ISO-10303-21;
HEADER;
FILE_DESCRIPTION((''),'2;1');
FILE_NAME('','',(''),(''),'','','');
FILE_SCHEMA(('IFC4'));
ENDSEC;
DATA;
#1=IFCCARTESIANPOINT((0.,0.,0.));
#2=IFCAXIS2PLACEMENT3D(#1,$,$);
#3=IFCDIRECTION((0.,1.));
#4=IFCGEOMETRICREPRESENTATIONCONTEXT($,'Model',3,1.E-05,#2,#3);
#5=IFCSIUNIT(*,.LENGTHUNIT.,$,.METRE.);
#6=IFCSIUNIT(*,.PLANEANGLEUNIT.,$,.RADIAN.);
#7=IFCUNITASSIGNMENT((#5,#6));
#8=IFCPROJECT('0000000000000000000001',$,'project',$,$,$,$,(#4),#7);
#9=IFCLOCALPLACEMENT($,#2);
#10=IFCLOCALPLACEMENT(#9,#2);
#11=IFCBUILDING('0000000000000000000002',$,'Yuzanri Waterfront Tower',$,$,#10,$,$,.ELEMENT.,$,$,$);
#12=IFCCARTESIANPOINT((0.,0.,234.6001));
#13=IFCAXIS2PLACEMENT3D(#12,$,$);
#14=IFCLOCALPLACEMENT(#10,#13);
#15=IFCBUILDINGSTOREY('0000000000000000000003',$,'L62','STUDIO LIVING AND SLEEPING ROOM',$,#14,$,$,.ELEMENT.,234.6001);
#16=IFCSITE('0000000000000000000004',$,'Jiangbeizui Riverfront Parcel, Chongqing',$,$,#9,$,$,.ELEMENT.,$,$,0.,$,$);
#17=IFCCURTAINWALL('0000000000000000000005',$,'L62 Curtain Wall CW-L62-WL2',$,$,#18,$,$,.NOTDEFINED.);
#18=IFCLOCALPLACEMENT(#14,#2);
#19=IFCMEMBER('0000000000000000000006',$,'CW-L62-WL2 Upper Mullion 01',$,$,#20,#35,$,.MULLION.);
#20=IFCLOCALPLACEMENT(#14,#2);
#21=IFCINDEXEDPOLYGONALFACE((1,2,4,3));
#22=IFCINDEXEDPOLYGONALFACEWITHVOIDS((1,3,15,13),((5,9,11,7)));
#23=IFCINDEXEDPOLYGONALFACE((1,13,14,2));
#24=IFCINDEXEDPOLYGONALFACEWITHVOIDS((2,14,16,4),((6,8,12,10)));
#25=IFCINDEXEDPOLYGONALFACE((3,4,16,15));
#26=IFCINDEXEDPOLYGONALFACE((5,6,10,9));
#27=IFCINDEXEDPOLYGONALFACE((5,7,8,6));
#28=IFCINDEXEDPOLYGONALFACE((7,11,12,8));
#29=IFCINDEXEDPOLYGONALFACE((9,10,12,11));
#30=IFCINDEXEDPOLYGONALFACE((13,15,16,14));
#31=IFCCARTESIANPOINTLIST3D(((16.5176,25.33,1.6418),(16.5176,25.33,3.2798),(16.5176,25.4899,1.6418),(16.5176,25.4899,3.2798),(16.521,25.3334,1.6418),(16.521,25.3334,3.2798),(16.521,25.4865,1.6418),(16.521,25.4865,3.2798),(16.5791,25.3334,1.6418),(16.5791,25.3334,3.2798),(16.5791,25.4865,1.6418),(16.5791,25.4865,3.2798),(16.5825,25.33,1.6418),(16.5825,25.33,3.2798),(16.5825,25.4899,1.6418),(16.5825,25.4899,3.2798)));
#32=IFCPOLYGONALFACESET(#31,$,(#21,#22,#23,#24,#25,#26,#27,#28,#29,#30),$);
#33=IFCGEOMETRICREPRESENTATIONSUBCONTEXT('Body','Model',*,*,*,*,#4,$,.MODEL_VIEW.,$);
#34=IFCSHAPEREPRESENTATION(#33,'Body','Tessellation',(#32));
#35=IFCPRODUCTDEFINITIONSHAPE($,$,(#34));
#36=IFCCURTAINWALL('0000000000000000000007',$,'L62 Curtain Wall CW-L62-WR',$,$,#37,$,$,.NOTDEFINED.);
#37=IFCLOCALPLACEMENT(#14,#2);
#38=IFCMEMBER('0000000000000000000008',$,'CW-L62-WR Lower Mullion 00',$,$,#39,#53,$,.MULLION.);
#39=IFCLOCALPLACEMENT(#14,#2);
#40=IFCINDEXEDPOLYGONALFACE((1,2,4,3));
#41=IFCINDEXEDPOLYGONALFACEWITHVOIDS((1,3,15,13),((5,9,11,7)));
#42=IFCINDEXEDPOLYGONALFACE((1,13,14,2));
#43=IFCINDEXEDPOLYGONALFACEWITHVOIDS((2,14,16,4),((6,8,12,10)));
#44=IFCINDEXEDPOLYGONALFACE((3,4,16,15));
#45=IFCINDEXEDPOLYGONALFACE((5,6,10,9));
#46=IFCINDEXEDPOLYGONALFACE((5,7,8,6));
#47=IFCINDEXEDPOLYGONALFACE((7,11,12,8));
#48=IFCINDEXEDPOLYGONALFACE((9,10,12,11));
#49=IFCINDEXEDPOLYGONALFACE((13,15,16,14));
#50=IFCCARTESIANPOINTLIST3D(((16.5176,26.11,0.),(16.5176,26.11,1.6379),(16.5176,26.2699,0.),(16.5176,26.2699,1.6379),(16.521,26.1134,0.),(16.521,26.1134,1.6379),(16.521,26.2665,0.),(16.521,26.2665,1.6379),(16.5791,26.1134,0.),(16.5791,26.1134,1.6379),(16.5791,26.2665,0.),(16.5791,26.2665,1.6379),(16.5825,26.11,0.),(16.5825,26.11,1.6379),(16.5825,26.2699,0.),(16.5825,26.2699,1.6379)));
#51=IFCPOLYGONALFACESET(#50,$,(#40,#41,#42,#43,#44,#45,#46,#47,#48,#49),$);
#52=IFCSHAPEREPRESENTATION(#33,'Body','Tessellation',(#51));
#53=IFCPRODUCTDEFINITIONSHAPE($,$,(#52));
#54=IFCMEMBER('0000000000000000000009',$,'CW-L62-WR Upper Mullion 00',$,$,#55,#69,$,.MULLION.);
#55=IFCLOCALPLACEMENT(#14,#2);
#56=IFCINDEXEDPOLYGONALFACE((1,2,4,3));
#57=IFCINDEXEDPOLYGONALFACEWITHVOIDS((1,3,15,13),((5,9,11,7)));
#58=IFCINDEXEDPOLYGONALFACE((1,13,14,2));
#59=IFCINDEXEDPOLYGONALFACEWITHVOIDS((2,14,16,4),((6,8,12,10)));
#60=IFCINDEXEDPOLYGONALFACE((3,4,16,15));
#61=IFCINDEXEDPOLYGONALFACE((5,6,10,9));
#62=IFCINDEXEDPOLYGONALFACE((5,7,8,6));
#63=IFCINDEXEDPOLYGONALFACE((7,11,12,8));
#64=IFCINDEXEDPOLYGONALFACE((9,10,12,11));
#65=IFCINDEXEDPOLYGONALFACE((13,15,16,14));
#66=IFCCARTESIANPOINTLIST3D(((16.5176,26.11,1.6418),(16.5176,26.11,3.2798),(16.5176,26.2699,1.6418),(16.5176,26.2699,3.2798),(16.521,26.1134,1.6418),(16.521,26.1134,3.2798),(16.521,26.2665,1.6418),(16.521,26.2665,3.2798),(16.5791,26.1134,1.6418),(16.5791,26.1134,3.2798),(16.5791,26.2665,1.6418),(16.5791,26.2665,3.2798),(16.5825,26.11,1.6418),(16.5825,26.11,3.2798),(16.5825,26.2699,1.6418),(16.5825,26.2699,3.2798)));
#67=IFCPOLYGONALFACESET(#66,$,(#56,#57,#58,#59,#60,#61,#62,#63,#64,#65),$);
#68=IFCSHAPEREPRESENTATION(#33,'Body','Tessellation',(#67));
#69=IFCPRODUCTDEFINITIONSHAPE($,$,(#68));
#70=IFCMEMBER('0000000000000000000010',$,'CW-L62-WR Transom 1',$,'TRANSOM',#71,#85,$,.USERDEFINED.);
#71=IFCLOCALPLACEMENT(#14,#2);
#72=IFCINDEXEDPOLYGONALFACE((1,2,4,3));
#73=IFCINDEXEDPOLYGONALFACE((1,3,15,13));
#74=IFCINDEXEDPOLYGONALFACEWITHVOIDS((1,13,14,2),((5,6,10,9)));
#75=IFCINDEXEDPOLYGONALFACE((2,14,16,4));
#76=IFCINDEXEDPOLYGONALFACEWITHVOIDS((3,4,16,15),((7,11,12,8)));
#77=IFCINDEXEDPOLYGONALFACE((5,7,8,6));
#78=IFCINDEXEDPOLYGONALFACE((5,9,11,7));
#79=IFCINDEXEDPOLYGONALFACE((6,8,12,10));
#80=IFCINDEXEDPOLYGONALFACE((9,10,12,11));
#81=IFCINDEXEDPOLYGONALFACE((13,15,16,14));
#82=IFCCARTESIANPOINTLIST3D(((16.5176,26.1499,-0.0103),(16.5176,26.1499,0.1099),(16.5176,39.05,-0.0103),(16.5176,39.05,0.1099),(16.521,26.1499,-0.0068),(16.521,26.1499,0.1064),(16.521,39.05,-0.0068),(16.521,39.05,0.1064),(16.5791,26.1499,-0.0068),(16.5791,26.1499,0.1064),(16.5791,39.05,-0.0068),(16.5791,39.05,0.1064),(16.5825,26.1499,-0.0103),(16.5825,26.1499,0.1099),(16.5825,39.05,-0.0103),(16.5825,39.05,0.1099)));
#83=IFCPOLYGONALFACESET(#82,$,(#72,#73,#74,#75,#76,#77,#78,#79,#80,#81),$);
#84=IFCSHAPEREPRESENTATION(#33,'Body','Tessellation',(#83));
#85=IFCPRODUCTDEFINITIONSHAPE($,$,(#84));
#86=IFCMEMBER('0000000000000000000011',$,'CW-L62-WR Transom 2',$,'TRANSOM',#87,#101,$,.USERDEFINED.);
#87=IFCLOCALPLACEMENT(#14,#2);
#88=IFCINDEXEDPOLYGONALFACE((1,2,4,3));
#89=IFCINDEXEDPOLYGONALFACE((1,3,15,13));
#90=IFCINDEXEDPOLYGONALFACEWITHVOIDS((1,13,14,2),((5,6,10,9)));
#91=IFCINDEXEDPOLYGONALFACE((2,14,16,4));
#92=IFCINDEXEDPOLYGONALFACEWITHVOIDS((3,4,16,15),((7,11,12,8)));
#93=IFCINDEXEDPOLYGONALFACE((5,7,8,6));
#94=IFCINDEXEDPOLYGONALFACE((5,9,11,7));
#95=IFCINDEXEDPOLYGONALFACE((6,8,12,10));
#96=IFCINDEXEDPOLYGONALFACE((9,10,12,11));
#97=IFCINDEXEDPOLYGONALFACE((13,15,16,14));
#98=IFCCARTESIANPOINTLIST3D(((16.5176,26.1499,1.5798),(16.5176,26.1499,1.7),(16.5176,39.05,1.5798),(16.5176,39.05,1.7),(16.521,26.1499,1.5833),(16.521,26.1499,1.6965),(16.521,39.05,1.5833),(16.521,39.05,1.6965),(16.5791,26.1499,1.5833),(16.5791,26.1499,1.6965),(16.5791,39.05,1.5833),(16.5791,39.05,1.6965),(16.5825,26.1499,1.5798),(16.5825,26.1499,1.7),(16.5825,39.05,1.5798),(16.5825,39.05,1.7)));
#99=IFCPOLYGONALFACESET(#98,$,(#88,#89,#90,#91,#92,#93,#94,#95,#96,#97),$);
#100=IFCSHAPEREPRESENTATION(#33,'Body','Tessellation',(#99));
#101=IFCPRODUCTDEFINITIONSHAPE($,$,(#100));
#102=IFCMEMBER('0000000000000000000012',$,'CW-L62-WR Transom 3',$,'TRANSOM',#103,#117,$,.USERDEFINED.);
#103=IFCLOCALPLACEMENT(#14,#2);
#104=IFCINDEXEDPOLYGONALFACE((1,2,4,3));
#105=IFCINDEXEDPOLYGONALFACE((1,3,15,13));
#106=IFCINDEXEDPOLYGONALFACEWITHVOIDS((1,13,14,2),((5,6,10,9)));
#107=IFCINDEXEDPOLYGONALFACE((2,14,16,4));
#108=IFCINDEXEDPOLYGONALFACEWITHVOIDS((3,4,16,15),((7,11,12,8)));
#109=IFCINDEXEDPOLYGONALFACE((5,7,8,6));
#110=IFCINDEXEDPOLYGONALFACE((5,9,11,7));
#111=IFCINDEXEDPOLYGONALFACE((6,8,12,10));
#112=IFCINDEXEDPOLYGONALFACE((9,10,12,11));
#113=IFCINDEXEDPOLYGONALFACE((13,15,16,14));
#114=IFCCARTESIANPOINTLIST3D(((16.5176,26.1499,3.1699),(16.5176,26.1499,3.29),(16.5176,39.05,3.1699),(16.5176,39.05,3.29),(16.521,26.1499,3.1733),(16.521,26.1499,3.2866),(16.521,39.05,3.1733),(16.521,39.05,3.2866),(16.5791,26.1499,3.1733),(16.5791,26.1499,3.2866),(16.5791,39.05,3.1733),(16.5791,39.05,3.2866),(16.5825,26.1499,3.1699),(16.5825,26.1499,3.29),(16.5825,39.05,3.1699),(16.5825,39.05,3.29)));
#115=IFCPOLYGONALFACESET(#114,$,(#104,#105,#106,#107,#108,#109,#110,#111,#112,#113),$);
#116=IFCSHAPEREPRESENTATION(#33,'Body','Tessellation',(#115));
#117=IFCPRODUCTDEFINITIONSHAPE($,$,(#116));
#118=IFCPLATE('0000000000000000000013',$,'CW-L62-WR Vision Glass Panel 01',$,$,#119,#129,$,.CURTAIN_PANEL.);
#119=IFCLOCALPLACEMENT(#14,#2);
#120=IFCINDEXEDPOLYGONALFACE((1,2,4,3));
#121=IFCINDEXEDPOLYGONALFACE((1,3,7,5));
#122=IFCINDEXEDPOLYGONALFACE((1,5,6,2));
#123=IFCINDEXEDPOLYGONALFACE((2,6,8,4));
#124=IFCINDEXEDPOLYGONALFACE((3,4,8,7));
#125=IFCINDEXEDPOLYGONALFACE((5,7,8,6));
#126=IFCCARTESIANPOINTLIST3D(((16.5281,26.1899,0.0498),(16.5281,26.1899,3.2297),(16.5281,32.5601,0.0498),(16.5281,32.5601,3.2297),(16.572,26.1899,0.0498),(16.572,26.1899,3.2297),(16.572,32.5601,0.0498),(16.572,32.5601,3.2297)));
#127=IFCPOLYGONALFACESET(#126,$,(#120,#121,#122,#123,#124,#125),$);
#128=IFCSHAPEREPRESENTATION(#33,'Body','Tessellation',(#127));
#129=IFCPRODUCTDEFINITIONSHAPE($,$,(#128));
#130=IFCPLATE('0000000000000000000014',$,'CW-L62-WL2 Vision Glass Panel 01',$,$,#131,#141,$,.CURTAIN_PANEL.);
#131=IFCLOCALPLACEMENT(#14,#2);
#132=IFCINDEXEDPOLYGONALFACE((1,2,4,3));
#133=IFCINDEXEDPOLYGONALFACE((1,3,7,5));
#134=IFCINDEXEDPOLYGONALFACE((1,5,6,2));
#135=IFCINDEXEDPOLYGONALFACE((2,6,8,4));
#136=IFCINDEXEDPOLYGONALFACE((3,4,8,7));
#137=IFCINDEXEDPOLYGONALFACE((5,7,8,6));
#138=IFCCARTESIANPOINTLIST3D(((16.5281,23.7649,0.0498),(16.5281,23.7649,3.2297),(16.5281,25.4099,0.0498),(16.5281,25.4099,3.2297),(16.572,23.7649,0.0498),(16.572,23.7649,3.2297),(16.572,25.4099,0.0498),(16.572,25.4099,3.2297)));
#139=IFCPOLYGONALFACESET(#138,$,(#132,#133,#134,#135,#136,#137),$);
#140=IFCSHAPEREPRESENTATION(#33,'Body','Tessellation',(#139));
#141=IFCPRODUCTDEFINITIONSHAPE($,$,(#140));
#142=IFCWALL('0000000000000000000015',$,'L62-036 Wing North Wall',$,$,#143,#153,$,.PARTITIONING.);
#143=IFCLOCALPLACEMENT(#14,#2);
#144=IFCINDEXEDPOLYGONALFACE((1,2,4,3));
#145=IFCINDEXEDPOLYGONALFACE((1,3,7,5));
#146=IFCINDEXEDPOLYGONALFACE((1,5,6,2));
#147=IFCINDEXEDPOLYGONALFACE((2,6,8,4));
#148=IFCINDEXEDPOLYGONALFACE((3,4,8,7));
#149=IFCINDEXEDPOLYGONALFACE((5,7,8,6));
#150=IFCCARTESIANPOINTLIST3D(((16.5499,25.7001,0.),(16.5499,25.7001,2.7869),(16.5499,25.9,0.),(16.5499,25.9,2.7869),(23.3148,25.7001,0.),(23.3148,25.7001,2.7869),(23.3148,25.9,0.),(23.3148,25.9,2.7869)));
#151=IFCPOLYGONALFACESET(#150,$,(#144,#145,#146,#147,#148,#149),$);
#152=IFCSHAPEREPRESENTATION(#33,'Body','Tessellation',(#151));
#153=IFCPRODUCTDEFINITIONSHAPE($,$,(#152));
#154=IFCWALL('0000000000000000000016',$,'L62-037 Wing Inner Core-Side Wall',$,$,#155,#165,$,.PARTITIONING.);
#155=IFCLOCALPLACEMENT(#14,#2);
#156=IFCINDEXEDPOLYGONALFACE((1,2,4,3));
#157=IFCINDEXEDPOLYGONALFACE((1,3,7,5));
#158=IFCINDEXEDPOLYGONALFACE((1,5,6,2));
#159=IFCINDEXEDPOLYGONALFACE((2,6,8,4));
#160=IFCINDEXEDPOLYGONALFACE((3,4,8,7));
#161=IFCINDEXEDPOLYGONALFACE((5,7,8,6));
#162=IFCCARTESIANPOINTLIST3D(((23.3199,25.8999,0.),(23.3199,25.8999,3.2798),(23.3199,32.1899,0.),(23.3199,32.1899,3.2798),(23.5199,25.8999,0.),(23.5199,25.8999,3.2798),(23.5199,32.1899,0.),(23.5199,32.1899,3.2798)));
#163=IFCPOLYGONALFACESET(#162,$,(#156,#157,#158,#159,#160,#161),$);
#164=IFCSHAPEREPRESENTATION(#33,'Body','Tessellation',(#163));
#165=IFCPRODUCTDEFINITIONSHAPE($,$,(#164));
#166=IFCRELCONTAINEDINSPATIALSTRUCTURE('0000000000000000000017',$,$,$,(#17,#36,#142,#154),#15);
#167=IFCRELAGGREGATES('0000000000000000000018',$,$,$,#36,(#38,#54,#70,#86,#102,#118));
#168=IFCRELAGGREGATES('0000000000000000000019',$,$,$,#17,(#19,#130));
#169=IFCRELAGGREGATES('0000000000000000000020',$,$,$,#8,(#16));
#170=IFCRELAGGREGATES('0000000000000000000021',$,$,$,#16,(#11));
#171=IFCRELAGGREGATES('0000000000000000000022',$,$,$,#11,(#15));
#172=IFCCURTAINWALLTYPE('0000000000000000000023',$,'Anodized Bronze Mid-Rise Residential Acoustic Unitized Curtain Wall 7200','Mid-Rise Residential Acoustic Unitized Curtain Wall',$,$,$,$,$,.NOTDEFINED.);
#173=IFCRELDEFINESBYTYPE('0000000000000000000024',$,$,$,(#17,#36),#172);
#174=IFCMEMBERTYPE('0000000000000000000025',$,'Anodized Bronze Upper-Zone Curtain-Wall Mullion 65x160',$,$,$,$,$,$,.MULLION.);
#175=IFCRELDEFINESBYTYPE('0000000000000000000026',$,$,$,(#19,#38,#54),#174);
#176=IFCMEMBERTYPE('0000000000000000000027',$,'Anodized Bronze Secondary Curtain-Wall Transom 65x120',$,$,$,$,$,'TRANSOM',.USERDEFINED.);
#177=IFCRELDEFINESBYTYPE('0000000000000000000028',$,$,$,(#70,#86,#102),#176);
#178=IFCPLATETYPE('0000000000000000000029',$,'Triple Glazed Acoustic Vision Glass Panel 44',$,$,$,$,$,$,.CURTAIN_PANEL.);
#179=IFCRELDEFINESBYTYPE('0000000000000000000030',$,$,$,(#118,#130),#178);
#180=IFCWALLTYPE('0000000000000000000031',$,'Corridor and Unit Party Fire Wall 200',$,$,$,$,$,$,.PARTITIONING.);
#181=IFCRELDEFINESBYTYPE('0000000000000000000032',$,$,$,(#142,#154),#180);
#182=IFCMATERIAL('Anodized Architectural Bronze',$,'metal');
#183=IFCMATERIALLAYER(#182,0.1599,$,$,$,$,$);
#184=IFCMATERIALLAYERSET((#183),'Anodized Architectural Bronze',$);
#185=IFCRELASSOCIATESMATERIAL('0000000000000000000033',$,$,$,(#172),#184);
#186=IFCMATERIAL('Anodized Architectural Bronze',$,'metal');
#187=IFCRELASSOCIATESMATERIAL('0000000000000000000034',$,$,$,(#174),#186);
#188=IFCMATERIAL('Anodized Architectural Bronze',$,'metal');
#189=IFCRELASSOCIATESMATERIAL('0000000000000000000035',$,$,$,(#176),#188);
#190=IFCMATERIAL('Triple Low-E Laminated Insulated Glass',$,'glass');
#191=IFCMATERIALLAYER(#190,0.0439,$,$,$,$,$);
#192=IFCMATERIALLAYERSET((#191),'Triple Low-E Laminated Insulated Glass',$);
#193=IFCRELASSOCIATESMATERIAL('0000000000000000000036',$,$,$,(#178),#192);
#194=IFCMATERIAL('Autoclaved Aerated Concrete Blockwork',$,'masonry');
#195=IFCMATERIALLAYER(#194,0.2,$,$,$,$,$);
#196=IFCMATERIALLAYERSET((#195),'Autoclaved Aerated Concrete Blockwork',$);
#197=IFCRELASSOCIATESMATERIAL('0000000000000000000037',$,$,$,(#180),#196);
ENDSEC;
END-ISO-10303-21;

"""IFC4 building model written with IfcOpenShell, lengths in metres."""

from ifc_helpers import new_model, si_unit, direction, frame, frame_2d, origin, origin_2d, place, context, subcontext, project, spatial, rectangle, hollow_rectangle, extrude, source, transform, mapped, material, layer, layer_set, material_profile, profile_set, type_object, element, aggregate, save


model = new_model("IFC4")

# Units and contexts
model_context = context("Model", 3, precision=1e-05, world=origin(), true_north=direction((0.0, 1.0)))
body_context = subcontext(model_context, "Body", "Model", "MODEL_VIEW")
ifc_project = project(units=[si_unit("LENGTHUNIT", "METRE"), si_unit("PLANEANGLEUNIT", "RADIAN")], contexts=[model_context])

# Site, building, storey
site_placement = place(None, origin())
site = spatial("IfcSite", under=ifc_project, at=site_placement, Name="Jiangbeizui Riverfront Parcel, Chongqing", CompositionType="ELEMENT", RefElevation=0.0)
building_placement = place(site_placement, origin())
building = spatial("IfcBuilding", under=site, at=building_placement, Name="Yuzanri Waterfront Tower", CompositionType="ELEMENT")
storey_placement = place(building_placement, frame((0.0, 0.0, 234.6001)))
storey = spatial("IfcBuildingStorey", under=building, at=storey_placement, Name="L62", Description="STUDIO LIVING AND SLEEPING ROOM", CompositionType="ELEMENT", Elevation=234.6001)

# Curtain wall, member
ifc_material_1 = material(Name="Anodized Architectural Bronze", Category="metal")
ifc_layer_1 = layer(ifc_material_1, 0.1599)
ifc_layer_set_1 = layer_set([ifc_layer_1], Name="Anodized Architectural Bronze")
curtain_wall_type = type_object("IfcCurtainWallType", Name="Anodized Bronze Mid-Rise Residential Acoustic Unitized Curtain Wall 7200", Description="Mid-Rise Residential Acoustic Unitized Curtain Wall", PredefinedType="NOTDEFINED", material=ifc_layer_set_1)
curtain_wall_1_placement = place(storey_placement, origin())
curtain_wall_1 = element("IfcCurtainWall", 1, at=curtain_wall_1_placement, inside=storey, type_object=curtain_wall_type, Name="L62 Curtain Wall CW-L62-WL2", PredefinedType="NOTDEFINED")
ifc_material_2 = material(Name="Anodized Architectural Bronze", Category="metal")
ifc_material_profile_1 = material_profile(ifc_material_2, hollow_rectangle(XDim=0.0649, YDim=0.1599, WallThickness=0.0034, at=origin_2d()), Name="CWM 65x160")
ifc_profile_set_1 = profile_set([ifc_material_profile_1], Name="Anodized Architectural Bronze")
member_type_1 = type_object("IfcMemberType", Name="Anodized Bronze Upper-Zone Curtain-Wall Mullion 65x160", PredefinedType="MULLION", material=ifc_profile_set_1)
shared_shape_1 = source(origin(), body_context, "Body", "SweptSolid", [
    extrude(hollow_rectangle(XDim=0.0649, YDim=0.1599, WallThickness=0.0034, at=origin_2d()), origin(), (0.0, 0.0, 1.0), 1.6379),
])
member_1_placement = place(storey_placement, frame((16.55, 25.4099, 1.6418), z_axis=(0.0, 0.0, 1.0), x_axis=(1.0, 0.0, 0.0)))
member_1 = element("IfcMember", 2, at=member_1_placement, type_object=member_type_1, Name="CW-L62-WL2 Upper Mullion 01", PredefinedType="MULLION", context=body_context, shape_type="MappedRepresentation", body=[
    mapped(shared_shape_1, transform((0.0, 0.0, 0.0), scale=1.0)),
])

# Curtain wall, members, plate
curtain_wall_2_placement = place(storey_placement, origin())
curtain_wall_2 = element("IfcCurtainWall", 3, at=curtain_wall_2_placement, inside=storey, type_object=curtain_wall_type, Name="L62 Curtain Wall CW-L62-WR", PredefinedType="NOTDEFINED")
member_2_placement = place(storey_placement, frame((16.55, 26.1899, 0.0), z_axis=(0.0, 0.0, 1.0), x_axis=(1.0, 0.0, 0.0)))
member_2 = element("IfcMember", 4, at=member_2_placement, type_object=member_type_1, Name="CW-L62-WR Lower Mullion 00", PredefinedType="MULLION", context=body_context, shape_type="MappedRepresentation", body=[
    mapped(shared_shape_1, transform((0.0, 0.0, 0.0), scale=1.0)),
])
member_3_placement = place(storey_placement, frame((16.55, 26.1899, 1.6418), z_axis=(0.0, 0.0, 1.0), x_axis=(1.0, 0.0, 0.0)))
member_3 = element("IfcMember", 5, at=member_3_placement, type_object=member_type_1, Name="CW-L62-WR Upper Mullion 00", PredefinedType="MULLION", context=body_context, shape_type="MappedRepresentation", body=[
    mapped(shared_shape_1, transform((0.0, 0.0, 0.0), scale=1.0)),
])
ifc_material_3 = material(Name="Anodized Architectural Bronze", Category="metal")
ifc_material_profile_2 = material_profile(ifc_material_3, hollow_rectangle(XDim=0.0649, YDim=0.1201, WallThickness=0.0034, at=origin_2d()), Name="CWT 65x120")
ifc_profile_set_2 = profile_set([ifc_material_profile_2], Name="Anodized Architectural Bronze")
member_type_2 = type_object("IfcMemberType", Name="Anodized Bronze Secondary Curtain-Wall Transom 65x120", ElementType="TRANSOM", PredefinedType="USERDEFINED", material=ifc_profile_set_2)
shared_shape_2 = source(origin(), body_context, "Body", "SweptSolid", [
    extrude(hollow_rectangle(XDim=0.0649, YDim=0.1201, WallThickness=0.0034, at=origin_2d()), origin(), (0.0, 0.0, 1.0), 12.9001),
])
member_4_placement = place(storey_placement, frame((16.55, 26.1499, 0.0498), z_axis=(0.0, 1.0, 0.0), x_axis=(-1.0, 0.0, 0.0)))
member_4 = element("IfcMember", 6, at=member_4_placement, type_object=member_type_2, Name="CW-L62-WR Transom 1", ObjectType="TRANSOM", PredefinedType="USERDEFINED", context=body_context, shape_type="MappedRepresentation", body=[
    mapped(shared_shape_2, transform((0.0, 0.0, 0.0), scale=1.0)),
])
member_5_placement = place(storey_placement, frame((16.55, 26.1499, 1.6399), z_axis=(0.0, 1.0, 0.0), x_axis=(-1.0, 0.0, 0.0)))
member_5 = element("IfcMember", 7, at=member_5_placement, type_object=member_type_2, Name="CW-L62-WR Transom 2", ObjectType="TRANSOM", PredefinedType="USERDEFINED", context=body_context, shape_type="MappedRepresentation", body=[
    mapped(shared_shape_2, transform((0.0, 0.0, 0.0), scale=1.0)),
])
member_6_placement = place(storey_placement, frame((16.55, 26.1499, 3.23), z_axis=(0.0, 1.0, 0.0), x_axis=(-1.0, 0.0, 0.0)))
member_6 = element("IfcMember", 8, at=member_6_placement, type_object=member_type_2, Name="CW-L62-WR Transom 3", ObjectType="TRANSOM", PredefinedType="USERDEFINED", context=body_context, shape_type="MappedRepresentation", body=[
    mapped(shared_shape_2, transform((0.0, 0.0, 0.0), scale=1.0)),
])
ifc_material_4 = material(Name="Triple Low-E Laminated Insulated Glass", Category="glass")
ifc_layer_2 = layer(ifc_material_4, 0.0439)
ifc_layer_set_2 = layer_set([ifc_layer_2], Name="Triple Low-E Laminated Insulated Glass")
plate_type = type_object("IfcPlateType", Name="Triple Glazed Acoustic Vision Glass Panel 44", PredefinedType="CURTAIN_PANEL", material=ifc_layer_set_2)
shared_shape_3 = source(origin(), body_context, "Body", "SweptSolid", [
    extrude(rectangle(XDim=6.3701, YDim=0.0439, at=origin_2d()), origin(), (0.0, 0.0, 1.0), 3.1799),
])
plate_1_placement = place(storey_placement, frame((16.55, 29.375, 0.0498), z_axis=(0.0, 0.0, 1.0), x_axis=(0.0, 1.0, 0.0)))
plate_1 = element("IfcPlate", 9, at=plate_1_placement, type_object=plate_type, Name="CW-L62-WR Vision Glass Panel 01", PredefinedType="CURTAIN_PANEL", context=body_context, shape_type="MappedRepresentation", body=[
    mapped(shared_shape_3, transform((0.0, 0.0, 0.0), scale=1.0)),
])
aggregate(curtain_wall_2, [member_2, member_3, member_4, member_5, member_6, plate_1])

# Plate
shared_shape_4 = source(origin(), body_context, "Body", "SweptSolid", [
    extrude(rectangle(XDim=1.645, YDim=0.0439, at=origin_2d()), origin(), (0.0, 0.0, 1.0), 3.1799),
])
plate_2_placement = place(storey_placement, frame((16.55, 24.5874, 0.0498), z_axis=(0.0, 0.0, 1.0), x_axis=(0.0, 1.0, 0.0)))
plate_2 = element("IfcPlate", 10, at=plate_2_placement, type_object=plate_type, Name="CW-L62-WL2 Vision Glass Panel 01", PredefinedType="CURTAIN_PANEL", context=body_context, shape_type="MappedRepresentation", body=[
    mapped(shared_shape_4, transform((0.0, 0.0, 0.0), scale=1.0)),
])
aggregate(curtain_wall_1, [member_1, plate_2])

# Walls
ifc_material_5 = material(Name="Autoclaved Aerated Concrete Blockwork", Category="masonry")
ifc_layer_3 = layer(ifc_material_5, 0.2)
ifc_layer_set_3 = layer_set([ifc_layer_3], Name="Autoclaved Aerated Concrete Blockwork")
wall_type_1 = type_object("IfcWallType", Name="Corridor and Unit Party Fire Wall 200", PredefinedType="PARTITIONING", material=ifc_layer_set_3)
shared_shape_5 = source(origin(), body_context, "Body", "SweptSolid", [
    extrude(rectangle(XDim=6.7649, YDim=0.2, at=frame_2d((3.3823, 0.0))), origin(), (0.0, 0.0, 1.0), 2.7869),
])
wall_1_placement = place(storey_placement, frame((16.55, 25.8, 0.0), z_axis=(0.0, 0.0, 1.0), x_axis=(1.0, 0.0, 0.0)))
element("IfcWall", 11, at=wall_1_placement, inside=storey, type_object=wall_type_1, Name="L62-036 Wing North Wall", PredefinedType="PARTITIONING", context=body_context, shape_type="MappedRepresentation", body=[
    mapped(shared_shape_5, transform((0.0, 0.0, 0.0), scale=1.0)),
])
shared_shape_6 = source(origin(), body_context, "Body", "SweptSolid", [
    extrude(rectangle(XDim=6.29, YDim=0.2, at=frame_2d((3.145, 0.0))), origin(), (0.0, 0.0, 1.0), 3.2798),
])
wall_2_placement = place(storey_placement, frame((23.4199, 25.8999, 0.0), z_axis=(0.0, 0.0, 1.0), x_axis=(0.0, 1.0, 0.0)))
element("IfcWall", 12, at=wall_2_placement, inside=storey, type_object=wall_type_1, Name="L62-037 Wing Inner Core-Side Wall", PredefinedType="PARTITIONING", context=body_context, shape_type="MappedRepresentation", body=[
    mapped(shared_shape_6, transform((0.0, 0.0, 0.0), scale=1.0)),
])

save(model, "model.ifc")
